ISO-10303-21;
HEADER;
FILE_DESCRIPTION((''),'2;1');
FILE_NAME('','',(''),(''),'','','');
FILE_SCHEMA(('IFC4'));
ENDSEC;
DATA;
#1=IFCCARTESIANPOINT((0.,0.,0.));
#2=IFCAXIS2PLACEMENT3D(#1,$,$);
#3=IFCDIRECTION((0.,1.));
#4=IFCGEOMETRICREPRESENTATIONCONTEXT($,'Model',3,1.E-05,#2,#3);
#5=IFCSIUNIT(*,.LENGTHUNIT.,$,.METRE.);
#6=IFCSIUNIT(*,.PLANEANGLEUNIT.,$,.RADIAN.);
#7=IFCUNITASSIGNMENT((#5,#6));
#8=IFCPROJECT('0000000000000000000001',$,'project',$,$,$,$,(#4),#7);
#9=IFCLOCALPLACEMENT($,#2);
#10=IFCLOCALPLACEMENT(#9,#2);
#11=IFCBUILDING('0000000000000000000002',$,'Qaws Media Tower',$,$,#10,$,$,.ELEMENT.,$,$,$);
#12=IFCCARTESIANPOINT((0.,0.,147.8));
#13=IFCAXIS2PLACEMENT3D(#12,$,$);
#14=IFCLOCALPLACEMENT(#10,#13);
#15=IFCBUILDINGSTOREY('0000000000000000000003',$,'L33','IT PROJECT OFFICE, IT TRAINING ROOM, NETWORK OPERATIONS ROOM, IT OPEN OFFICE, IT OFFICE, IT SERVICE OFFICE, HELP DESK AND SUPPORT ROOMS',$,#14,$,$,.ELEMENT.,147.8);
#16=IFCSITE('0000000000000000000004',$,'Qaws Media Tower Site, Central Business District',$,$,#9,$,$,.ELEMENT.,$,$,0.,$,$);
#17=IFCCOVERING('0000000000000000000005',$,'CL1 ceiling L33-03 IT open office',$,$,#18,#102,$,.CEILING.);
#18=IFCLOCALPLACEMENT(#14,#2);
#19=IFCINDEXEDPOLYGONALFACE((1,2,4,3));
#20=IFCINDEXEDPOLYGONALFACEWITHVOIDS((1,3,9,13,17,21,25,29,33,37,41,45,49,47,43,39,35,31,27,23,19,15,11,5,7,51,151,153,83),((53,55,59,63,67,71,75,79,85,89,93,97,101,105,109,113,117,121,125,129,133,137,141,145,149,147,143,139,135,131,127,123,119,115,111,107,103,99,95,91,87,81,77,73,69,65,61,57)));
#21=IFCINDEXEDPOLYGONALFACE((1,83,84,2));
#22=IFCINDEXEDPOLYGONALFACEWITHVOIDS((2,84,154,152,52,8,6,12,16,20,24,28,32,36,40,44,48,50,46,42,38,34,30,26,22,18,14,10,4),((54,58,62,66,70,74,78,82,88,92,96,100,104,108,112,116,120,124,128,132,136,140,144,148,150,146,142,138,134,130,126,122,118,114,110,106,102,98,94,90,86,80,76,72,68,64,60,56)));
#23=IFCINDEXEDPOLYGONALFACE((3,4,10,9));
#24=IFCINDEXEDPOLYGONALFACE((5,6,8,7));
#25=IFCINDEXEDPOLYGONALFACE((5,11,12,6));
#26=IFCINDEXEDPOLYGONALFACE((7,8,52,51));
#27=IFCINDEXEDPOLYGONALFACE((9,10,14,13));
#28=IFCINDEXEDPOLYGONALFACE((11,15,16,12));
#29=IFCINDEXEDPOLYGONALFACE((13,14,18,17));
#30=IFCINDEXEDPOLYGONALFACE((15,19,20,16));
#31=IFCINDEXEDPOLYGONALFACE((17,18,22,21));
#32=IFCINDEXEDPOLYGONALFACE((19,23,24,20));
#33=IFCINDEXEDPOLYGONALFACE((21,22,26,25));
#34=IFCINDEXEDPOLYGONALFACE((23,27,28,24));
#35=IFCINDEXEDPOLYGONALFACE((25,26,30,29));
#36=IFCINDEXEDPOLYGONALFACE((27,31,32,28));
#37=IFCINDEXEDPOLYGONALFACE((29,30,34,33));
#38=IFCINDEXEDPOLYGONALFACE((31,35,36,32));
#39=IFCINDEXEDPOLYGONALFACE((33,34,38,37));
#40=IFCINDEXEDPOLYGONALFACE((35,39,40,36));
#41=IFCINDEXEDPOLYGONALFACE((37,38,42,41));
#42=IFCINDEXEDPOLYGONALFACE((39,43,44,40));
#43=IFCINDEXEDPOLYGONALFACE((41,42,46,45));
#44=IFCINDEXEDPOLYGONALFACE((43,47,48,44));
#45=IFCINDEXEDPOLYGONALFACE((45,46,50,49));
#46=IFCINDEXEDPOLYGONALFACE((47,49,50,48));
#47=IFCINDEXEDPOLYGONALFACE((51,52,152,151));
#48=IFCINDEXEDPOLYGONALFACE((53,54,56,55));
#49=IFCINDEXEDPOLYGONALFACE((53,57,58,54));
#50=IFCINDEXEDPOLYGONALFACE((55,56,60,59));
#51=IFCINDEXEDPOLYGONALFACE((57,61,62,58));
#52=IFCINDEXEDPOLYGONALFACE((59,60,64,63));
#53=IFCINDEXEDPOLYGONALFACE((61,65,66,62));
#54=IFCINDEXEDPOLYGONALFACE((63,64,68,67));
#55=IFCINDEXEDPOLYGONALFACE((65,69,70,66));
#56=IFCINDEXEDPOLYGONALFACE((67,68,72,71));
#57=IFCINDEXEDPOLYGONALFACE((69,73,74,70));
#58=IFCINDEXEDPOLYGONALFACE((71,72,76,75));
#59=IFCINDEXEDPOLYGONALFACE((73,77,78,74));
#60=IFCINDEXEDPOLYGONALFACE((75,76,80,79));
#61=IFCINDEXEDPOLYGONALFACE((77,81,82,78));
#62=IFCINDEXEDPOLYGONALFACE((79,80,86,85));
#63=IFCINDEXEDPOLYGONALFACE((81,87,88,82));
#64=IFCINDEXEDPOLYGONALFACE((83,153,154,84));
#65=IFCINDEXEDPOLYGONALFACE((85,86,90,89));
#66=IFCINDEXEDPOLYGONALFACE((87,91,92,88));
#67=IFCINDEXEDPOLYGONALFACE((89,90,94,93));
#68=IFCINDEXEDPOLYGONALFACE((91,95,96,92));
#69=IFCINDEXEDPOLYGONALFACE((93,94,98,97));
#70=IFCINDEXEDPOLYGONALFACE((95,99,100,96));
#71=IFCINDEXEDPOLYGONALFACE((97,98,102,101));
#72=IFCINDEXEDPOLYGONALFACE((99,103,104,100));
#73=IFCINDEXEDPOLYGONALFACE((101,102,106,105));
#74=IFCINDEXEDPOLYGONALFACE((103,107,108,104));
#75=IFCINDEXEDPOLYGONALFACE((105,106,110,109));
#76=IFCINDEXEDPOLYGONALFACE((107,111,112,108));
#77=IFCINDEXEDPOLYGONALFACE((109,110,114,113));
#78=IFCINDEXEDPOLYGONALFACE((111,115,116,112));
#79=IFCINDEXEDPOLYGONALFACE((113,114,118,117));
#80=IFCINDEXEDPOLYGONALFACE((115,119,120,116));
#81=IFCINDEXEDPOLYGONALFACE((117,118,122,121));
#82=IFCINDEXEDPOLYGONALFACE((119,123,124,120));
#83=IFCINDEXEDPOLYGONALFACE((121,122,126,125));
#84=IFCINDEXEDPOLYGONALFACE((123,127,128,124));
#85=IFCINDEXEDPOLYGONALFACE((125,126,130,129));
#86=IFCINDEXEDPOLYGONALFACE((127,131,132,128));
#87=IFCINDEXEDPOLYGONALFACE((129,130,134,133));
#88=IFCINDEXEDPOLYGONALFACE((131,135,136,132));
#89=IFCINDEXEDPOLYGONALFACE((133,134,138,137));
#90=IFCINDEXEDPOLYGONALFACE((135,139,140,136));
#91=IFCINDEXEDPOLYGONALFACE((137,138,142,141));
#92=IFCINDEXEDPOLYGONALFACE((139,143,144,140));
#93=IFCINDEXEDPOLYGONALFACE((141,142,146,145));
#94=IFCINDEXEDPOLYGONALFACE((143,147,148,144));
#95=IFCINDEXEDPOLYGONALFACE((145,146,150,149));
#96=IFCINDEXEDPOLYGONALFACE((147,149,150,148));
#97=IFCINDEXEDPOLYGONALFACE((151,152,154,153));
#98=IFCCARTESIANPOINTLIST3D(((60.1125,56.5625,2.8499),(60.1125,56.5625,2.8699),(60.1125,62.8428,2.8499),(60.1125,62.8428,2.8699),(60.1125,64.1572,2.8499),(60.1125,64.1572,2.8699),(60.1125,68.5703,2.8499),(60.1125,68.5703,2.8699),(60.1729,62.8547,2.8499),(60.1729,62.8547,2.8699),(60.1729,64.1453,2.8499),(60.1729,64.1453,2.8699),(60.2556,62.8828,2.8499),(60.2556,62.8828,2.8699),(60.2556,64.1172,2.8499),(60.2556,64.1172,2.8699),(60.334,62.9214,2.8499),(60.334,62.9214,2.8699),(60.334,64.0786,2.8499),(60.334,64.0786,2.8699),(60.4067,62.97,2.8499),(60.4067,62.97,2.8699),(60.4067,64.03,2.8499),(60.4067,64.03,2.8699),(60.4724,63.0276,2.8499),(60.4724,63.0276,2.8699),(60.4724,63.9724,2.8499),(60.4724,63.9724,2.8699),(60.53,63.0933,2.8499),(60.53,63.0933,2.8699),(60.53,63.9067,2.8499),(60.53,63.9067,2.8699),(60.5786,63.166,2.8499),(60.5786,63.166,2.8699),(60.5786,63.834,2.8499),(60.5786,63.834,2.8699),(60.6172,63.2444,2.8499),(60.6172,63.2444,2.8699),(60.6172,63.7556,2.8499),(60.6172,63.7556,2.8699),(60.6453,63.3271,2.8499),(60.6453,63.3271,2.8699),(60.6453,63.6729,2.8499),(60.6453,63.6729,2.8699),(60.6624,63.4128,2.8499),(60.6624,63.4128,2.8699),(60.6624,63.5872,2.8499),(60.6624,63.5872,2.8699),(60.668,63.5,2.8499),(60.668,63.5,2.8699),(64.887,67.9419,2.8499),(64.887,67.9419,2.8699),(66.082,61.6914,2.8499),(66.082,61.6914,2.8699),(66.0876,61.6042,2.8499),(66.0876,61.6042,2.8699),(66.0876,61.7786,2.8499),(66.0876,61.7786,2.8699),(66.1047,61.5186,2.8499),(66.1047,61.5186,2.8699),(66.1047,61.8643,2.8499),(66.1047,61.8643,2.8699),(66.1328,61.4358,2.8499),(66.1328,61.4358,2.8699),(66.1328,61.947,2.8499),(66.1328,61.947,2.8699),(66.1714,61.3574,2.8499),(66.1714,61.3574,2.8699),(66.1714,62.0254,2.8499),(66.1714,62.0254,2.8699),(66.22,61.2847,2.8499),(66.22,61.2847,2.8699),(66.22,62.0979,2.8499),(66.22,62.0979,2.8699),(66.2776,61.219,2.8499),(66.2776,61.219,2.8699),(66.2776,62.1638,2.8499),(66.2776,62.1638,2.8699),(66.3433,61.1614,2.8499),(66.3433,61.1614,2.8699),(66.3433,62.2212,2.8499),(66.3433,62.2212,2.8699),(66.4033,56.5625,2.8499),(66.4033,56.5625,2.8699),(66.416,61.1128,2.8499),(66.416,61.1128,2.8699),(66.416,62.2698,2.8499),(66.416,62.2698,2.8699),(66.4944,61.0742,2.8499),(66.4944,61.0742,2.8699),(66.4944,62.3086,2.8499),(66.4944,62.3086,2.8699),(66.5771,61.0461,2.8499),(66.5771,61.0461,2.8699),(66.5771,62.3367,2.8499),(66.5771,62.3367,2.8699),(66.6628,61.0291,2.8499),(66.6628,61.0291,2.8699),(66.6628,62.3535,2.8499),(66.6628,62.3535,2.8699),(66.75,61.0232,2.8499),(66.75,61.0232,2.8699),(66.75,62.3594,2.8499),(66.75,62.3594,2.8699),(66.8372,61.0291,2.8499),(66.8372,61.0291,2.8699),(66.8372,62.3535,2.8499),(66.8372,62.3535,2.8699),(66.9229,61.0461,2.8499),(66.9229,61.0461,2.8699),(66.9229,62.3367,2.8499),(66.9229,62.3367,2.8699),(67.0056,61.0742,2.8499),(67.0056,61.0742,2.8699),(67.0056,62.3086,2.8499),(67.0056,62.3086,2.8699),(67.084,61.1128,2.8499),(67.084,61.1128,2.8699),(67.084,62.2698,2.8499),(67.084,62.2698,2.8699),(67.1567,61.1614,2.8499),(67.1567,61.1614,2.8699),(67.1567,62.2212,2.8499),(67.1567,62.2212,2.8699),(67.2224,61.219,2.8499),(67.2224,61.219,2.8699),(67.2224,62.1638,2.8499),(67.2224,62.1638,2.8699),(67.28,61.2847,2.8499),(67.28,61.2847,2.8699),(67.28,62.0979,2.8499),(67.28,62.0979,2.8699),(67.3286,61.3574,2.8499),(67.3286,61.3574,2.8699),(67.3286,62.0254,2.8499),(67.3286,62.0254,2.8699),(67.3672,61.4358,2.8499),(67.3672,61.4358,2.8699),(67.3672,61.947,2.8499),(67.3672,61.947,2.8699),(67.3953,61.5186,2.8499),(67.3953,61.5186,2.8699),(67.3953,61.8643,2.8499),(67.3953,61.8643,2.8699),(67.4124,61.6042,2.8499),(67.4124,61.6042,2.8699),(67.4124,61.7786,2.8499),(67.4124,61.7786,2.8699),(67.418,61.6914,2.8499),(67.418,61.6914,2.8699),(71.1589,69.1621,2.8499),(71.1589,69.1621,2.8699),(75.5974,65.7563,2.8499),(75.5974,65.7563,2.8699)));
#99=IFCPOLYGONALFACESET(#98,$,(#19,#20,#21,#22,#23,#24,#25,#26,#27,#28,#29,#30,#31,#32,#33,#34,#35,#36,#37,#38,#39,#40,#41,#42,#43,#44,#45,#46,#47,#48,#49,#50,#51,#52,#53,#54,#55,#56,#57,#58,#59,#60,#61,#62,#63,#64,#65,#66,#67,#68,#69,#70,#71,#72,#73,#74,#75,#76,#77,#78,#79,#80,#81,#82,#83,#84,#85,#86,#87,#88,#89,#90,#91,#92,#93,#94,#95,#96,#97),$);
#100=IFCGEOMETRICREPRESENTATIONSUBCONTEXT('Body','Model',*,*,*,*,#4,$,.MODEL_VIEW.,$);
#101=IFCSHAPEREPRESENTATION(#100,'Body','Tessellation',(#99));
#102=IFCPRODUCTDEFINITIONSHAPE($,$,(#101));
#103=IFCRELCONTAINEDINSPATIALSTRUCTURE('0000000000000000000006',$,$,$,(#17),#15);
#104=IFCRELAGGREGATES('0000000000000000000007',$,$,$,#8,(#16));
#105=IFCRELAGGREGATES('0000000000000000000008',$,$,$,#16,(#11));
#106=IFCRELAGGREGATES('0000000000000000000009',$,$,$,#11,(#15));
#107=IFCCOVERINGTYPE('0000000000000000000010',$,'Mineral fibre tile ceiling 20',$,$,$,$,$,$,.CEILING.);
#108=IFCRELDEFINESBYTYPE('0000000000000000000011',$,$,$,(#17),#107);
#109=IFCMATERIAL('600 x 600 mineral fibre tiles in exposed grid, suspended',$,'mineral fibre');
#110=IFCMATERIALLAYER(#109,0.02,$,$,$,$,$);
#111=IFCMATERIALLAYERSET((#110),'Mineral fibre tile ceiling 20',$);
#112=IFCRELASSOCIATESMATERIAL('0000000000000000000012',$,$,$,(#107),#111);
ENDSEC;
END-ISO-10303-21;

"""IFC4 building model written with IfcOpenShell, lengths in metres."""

from ifc_helpers import new_model, si_unit, direction, frame, origin, place, context, subcontext, project, spatial, polyline, outline, extrude, material, layer, layer_set, type_object, element, save


model = new_model("IFC4")

# Units and contexts
model_context = context("Model", 3, precision=1e-05, world=origin(), true_north=direction((0.0, 1.0)))
body_context = subcontext(model_context, "Body", "Model", "MODEL_VIEW")
ifc_project = project(units=[si_unit("LENGTHUNIT", "METRE"), si_unit("PLANEANGLEUNIT", "RADIAN")], contexts=[model_context])

# Site, building, storey
site_placement = place(None, origin())
site = spatial("IfcSite", under=ifc_project, at=site_placement, Name="Qaws Media Tower Site, Central Business District", CompositionType="ELEMENT", RefElevation=0.0)
building_placement = place(site_placement, origin())
building = spatial("IfcBuilding", under=site, at=building_placement, Name="Qaws Media Tower", CompositionType="ELEMENT")
storey_placement = place(building_placement, frame((0.0, 0.0, 147.8)))
storey = spatial("IfcBuildingStorey", under=building, at=storey_placement, Name="L33", Description="IT PROJECT OFFICE, IT TRAINING ROOM, NETWORK OPERATIONS ROOM, IT OPEN OFFICE, IT OFFICE, IT SERVICE OFFICE, HELP DESK AND SUPPORT ROOMS", CompositionType="ELEMENT", Elevation=147.8)

# Covering
ifc_material_1 = material(Name="600 x 600 mineral fibre tiles in exposed grid, suspended", Category="mineral fibre")
ifc_layer_1 = layer(ifc_material_1, 0.02)
ifc_layer_set_1 = layer_set([ifc_layer_1], Name="Mineral fibre tile ceiling 20")
covering_type_1 = type_object("IfcCoveringType", Name="Mineral fibre tile ceiling 20", PredefinedType="CEILING", material=ifc_layer_set_1)
covering_1_placement = place(storey_placement, frame((0.0, 0.0, 2.8499)))
element("IfcCovering", 1, at=covering_1_placement, inside=storey, type_object=covering_type_1, Name="CL1 ceiling L33-03 IT open office", PredefinedType="CEILING", context=body_context, shape_type="SweptSolid", body=[
    extrude(outline(polyline([(64.887, 67.9419), (71.1589, 69.1621), (75.5974, 65.7563), (66.4033, 56.5625), (60.1125, 56.5625), (60.1125, 62.8428), (60.1729, 62.8547), (60.2556, 62.8828), (60.334, 62.9214), (60.4067, 62.97), (60.4724, 63.0276), (60.53, 63.0933), (60.5786, 63.166), (60.6172, 63.2444), (60.6453, 63.3271), (60.6624, 63.4128), (60.668, 63.5), (60.6624, 63.5872), (60.6453, 63.6729), (60.6172, 63.7556), (60.5786, 63.834), (60.53, 63.9067), (60.4724, 63.9724), (60.4067, 64.03), (60.334, 64.0786), (60.2556, 64.1172), (60.1729, 64.1453), (60.1125, 64.1572), (60.1125, 68.5703), (64.887, 67.9419)]), holes=[polyline([(67.3672, 61.4358), (67.3953, 61.5186), (67.4124, 61.6042), (67.418, 61.6914), (67.4124, 61.7786), (67.3953, 61.8643), (67.3672, 61.947), (67.3286, 62.0254), (67.28, 62.0979), (67.2224, 62.1638), (67.1567, 62.2212), (67.084, 62.2698), (67.0056, 62.3086), (66.9229, 62.3367), (66.8372, 62.3535), (66.75, 62.3594), (66.6628, 62.3535), (66.5771, 62.3367), (66.4944, 62.3086), (66.416, 62.2698), (66.3433, 62.2212), (66.2776, 62.1638), (66.22, 62.0979), (66.1714, 62.0254), (66.1328, 61.947), (66.1047, 61.8643), (66.0876, 61.7786), (66.082, 61.6914), (66.0876, 61.6042), (66.1047, 61.5186), (66.1328, 61.4358), (66.1714, 61.3574), (66.22, 61.2847), (66.2776, 61.219), (66.3433, 61.1614), (66.416, 61.1128), (66.4944, 61.0742), (66.5771, 61.0461), (66.6628, 61.0291), (66.75, 61.0232), (66.8372, 61.0291), (66.9229, 61.0461), (67.0056, 61.0742), (67.084, 61.1128), (67.1567, 61.1614), (67.2224, 61.219), (67.28, 61.2847), (67.3286, 61.3574), (67.3672, 61.4358)])]), origin(), (0.0, 0.0, 1.0), 0.02),
])

save(model, "model.ifc")
